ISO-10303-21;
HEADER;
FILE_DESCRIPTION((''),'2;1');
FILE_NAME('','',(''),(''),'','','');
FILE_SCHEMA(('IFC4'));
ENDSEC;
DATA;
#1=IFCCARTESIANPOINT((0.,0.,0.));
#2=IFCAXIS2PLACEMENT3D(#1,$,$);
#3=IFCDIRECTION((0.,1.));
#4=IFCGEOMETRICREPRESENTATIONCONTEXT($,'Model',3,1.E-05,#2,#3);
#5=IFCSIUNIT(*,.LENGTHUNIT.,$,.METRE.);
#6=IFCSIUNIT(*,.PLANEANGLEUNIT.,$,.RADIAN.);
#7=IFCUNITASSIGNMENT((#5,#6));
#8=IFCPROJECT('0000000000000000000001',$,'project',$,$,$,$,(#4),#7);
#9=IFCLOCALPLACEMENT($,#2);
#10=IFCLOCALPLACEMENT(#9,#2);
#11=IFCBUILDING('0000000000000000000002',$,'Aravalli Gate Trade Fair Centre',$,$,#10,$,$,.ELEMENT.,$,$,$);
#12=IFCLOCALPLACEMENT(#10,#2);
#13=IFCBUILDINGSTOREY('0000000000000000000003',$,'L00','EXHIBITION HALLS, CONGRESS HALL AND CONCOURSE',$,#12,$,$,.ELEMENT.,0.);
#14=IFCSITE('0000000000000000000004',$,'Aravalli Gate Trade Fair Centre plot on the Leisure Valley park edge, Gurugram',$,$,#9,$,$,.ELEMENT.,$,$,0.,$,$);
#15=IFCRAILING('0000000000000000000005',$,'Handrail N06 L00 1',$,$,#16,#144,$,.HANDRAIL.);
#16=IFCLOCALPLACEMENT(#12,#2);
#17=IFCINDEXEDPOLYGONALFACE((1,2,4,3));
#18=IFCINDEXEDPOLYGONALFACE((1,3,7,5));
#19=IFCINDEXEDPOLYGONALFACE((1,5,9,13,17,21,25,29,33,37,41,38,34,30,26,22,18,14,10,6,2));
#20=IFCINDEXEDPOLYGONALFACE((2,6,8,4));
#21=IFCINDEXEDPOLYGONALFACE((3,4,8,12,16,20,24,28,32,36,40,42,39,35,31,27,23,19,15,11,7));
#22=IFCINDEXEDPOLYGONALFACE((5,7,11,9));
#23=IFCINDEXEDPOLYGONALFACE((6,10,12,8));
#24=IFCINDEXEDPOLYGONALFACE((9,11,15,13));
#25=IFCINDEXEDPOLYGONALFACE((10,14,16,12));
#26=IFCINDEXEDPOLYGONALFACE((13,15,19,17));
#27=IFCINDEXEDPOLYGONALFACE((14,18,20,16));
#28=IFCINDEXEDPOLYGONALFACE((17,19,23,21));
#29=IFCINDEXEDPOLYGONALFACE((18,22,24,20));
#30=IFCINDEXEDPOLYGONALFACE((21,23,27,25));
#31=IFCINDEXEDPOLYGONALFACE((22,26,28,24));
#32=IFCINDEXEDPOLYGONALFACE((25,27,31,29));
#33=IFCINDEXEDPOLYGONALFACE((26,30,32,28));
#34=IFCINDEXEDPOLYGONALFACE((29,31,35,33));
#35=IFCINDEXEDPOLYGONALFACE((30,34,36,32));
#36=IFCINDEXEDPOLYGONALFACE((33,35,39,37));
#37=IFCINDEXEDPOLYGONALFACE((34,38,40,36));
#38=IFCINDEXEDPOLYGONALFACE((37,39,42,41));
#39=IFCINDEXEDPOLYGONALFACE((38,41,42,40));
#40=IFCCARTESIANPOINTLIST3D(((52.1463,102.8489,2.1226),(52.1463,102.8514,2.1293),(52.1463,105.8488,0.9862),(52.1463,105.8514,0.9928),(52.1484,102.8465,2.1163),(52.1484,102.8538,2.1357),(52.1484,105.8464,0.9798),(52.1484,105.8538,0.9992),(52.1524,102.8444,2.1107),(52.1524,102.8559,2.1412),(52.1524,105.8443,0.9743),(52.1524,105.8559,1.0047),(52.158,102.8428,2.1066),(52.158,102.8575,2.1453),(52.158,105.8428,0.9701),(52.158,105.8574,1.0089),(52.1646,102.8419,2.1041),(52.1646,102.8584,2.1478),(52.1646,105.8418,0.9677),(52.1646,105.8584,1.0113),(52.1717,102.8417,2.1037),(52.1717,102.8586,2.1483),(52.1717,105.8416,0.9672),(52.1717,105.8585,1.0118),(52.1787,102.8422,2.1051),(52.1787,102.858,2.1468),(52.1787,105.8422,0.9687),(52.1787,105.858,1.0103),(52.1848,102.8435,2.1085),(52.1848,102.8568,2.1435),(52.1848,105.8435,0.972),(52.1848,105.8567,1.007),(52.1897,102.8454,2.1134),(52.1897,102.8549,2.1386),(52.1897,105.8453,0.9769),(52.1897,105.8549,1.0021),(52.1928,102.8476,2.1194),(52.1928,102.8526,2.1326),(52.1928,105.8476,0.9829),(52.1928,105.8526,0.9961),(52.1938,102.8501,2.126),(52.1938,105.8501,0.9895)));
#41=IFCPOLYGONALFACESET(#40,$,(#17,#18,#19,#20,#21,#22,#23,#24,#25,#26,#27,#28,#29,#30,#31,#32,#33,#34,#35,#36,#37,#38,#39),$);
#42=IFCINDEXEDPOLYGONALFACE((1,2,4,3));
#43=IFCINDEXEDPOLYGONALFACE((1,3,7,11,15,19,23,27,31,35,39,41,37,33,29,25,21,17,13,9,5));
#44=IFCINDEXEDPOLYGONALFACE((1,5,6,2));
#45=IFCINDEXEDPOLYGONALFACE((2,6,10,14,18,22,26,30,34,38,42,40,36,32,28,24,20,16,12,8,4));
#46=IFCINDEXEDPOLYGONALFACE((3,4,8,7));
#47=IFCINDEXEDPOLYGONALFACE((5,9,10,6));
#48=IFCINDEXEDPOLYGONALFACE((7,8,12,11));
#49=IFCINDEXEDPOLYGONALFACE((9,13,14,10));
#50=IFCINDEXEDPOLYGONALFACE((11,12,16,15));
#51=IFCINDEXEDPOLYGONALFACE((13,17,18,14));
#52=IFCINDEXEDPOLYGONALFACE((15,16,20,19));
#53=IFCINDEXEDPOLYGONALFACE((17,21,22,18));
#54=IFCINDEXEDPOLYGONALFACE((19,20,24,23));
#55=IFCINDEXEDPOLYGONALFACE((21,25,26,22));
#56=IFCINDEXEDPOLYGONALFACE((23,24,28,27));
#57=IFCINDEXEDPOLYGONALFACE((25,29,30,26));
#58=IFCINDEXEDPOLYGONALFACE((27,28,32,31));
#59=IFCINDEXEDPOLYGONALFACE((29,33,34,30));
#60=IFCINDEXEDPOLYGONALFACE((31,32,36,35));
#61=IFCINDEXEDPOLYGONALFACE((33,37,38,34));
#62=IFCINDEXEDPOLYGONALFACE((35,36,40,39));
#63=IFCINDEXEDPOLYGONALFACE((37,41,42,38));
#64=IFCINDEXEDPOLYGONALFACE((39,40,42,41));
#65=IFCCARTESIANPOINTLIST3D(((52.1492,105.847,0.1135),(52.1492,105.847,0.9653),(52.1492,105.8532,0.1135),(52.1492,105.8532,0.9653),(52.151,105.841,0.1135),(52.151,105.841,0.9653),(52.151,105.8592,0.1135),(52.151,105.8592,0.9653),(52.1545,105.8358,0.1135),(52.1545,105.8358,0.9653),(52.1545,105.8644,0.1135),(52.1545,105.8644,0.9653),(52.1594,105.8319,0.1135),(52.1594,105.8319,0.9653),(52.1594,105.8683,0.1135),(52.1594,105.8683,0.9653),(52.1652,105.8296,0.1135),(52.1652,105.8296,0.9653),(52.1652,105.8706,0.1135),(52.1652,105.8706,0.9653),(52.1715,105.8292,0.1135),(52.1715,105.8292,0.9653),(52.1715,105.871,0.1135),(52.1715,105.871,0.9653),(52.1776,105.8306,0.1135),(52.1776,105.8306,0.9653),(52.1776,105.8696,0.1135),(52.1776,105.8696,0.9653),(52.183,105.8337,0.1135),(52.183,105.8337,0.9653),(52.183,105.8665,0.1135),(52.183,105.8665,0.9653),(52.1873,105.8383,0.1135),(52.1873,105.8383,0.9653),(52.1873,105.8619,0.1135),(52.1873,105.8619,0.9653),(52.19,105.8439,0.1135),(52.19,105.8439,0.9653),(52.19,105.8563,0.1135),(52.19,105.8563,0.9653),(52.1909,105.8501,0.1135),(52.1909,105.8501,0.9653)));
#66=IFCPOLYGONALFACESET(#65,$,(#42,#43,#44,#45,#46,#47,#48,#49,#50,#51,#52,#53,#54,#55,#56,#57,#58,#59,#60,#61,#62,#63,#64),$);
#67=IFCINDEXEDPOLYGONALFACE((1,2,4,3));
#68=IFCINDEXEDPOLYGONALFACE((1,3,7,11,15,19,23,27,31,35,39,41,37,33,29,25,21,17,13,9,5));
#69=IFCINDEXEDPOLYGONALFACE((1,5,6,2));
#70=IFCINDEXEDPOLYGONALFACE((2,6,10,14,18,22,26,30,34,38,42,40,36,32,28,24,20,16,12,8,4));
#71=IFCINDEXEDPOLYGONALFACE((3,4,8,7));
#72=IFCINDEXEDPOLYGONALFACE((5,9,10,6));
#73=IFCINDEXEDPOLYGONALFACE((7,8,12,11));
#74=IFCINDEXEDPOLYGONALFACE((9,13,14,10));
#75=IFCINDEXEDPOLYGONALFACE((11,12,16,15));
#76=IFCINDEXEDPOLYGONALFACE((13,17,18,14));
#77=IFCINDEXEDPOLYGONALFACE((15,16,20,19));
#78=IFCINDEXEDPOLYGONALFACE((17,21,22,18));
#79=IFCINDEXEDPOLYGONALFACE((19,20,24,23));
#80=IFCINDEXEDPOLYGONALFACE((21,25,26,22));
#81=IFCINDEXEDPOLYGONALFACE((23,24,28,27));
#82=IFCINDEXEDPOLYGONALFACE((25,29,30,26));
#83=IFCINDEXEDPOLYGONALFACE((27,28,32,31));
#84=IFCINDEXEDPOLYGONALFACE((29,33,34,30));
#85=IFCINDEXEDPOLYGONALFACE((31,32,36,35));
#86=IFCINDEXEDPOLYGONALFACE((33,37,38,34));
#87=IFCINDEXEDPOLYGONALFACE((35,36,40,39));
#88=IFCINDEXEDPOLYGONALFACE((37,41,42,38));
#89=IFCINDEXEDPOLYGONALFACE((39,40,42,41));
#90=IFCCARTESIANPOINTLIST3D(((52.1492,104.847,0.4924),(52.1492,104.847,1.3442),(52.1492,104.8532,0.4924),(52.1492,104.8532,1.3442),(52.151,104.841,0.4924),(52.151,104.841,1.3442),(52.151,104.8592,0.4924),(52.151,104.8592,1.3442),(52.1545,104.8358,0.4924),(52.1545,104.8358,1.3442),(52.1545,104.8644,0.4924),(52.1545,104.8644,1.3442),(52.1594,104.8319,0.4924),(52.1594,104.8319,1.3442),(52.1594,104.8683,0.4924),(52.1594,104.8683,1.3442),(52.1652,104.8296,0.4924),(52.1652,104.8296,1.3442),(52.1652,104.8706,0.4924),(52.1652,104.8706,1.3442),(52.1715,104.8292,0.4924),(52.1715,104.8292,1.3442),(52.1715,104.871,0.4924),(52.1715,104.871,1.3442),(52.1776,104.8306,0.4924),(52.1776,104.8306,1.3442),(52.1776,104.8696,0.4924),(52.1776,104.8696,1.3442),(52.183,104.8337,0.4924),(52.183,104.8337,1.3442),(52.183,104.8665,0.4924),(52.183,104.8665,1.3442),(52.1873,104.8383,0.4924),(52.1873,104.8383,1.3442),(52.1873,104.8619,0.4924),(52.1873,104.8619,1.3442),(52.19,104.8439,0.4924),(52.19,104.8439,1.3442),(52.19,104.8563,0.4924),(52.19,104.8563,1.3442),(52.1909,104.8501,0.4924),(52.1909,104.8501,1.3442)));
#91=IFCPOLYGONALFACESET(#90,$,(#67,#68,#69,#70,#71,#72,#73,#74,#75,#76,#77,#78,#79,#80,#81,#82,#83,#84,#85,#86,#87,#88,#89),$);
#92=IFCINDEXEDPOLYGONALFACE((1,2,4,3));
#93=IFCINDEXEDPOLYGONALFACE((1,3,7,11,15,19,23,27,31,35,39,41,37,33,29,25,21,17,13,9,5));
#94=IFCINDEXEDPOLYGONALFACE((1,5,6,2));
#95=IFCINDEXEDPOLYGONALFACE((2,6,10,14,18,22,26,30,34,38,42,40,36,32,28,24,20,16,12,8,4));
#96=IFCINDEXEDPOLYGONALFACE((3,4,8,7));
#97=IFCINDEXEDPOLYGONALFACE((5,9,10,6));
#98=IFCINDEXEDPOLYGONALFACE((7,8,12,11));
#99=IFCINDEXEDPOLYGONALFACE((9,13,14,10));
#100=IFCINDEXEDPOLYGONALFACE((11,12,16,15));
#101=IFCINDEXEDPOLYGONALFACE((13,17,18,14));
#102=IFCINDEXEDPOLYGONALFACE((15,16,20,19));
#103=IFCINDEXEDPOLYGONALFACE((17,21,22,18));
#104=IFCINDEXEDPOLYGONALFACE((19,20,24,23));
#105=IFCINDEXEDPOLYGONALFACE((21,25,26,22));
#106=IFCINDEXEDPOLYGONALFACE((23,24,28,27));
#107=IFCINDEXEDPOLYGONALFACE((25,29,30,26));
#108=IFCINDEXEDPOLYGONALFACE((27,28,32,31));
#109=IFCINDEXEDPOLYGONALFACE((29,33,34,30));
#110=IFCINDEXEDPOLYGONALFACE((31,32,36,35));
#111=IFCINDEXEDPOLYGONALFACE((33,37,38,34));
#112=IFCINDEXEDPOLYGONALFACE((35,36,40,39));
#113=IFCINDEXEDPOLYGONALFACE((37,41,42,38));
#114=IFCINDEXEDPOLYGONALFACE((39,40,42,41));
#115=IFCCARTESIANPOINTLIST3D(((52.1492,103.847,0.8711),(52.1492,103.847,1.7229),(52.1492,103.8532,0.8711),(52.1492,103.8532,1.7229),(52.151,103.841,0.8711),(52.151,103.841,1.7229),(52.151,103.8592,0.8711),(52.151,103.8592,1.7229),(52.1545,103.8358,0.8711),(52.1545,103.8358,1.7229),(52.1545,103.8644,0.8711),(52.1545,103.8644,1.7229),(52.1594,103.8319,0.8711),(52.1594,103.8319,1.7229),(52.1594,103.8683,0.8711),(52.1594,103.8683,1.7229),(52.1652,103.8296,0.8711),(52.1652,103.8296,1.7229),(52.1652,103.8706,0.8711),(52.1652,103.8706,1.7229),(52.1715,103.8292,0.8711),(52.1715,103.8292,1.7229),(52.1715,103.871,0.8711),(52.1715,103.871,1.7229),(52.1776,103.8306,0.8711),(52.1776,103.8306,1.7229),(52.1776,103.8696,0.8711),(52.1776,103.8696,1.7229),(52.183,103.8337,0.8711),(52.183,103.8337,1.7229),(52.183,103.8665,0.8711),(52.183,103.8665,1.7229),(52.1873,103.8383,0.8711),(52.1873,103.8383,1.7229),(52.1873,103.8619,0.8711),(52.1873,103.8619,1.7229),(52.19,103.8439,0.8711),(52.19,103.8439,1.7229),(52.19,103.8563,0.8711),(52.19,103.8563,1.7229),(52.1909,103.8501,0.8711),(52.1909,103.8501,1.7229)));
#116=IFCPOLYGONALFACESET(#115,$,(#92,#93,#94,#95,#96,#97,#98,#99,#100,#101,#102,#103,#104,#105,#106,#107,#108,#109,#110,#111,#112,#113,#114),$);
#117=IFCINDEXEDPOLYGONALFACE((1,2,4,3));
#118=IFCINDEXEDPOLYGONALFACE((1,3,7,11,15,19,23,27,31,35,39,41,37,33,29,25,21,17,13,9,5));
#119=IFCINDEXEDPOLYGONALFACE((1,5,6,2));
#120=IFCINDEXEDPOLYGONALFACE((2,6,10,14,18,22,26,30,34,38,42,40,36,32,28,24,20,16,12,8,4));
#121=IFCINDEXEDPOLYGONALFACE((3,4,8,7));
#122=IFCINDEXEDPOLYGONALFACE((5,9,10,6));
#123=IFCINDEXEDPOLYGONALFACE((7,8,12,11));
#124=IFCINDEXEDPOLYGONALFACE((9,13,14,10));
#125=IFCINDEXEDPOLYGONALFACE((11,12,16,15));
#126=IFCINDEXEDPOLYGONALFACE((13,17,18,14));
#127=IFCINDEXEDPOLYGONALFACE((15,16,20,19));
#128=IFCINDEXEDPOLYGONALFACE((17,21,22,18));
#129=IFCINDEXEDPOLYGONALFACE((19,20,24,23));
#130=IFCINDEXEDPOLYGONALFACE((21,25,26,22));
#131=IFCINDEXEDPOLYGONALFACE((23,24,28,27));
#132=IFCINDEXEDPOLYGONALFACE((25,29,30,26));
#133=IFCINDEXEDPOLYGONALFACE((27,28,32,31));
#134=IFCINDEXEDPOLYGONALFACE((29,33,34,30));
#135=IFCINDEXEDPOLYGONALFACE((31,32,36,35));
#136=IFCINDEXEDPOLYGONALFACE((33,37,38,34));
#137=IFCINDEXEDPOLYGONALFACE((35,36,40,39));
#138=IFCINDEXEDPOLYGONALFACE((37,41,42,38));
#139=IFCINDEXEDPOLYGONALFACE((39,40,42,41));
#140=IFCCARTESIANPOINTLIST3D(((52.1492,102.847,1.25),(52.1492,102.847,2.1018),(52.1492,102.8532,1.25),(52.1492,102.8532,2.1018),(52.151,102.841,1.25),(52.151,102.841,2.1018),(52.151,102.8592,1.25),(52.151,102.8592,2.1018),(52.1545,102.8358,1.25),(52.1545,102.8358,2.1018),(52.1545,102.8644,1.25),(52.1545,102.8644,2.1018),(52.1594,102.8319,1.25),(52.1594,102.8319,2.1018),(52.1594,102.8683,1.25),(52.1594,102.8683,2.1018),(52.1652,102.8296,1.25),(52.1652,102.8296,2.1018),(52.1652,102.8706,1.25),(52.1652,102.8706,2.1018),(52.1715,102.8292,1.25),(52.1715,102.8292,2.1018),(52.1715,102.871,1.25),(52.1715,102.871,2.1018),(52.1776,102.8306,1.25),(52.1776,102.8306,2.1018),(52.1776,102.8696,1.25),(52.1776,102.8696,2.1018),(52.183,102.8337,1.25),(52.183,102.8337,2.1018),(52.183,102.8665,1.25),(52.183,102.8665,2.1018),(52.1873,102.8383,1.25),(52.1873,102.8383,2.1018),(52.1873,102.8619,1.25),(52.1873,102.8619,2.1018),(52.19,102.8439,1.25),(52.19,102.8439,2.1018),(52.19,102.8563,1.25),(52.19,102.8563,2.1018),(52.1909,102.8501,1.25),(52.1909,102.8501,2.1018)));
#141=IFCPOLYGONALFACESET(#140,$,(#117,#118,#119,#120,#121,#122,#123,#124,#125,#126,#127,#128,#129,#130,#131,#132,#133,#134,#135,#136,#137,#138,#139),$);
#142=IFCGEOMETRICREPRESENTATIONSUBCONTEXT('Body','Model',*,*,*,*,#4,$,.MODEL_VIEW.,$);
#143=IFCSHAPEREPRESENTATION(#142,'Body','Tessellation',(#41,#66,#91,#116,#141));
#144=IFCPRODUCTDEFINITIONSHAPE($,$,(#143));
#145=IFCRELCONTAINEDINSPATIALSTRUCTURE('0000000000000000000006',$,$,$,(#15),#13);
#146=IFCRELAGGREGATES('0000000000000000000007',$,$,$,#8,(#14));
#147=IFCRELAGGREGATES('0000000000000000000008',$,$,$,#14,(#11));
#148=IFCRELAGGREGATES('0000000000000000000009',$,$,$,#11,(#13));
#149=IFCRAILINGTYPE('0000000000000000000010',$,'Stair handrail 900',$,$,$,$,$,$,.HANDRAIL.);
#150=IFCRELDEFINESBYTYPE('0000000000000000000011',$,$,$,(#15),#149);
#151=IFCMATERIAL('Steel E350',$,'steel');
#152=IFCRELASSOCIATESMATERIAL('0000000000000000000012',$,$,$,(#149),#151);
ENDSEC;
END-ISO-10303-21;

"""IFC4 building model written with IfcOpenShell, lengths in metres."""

from ifc_helpers import new_model, si_unit, direction, frame, origin, origin_2d, place, context, subcontext, project, spatial, circle, extrude, material, type_object, element, save


model = new_model("IFC4")

# Units and contexts
model_context = context("Model", 3, precision=1e-05, world=origin(), true_north=direction((0.0, 1.0)))
body_context = subcontext(model_context, "Body", "Model", "MODEL_VIEW")
ifc_project = project(units=[si_unit("LENGTHUNIT", "METRE"), si_unit("PLANEANGLEUNIT", "RADIAN")], contexts=[model_context])

# Site, building, storey
site_placement = place(None, origin())
site = spatial("IfcSite", under=ifc_project, at=site_placement, Name="Aravalli Gate Trade Fair Centre plot on the Leisure Valley park edge, Gurugram", CompositionType="ELEMENT", RefElevation=0.0)
building_placement = place(site_placement, origin())
building = spatial("IfcBuilding", under=site, at=building_placement, Name="Aravalli Gate Trade Fair Centre", CompositionType="ELEMENT")
storey_placement = place(building_placement, origin())
storey = spatial("IfcBuildingStorey", under=building, at=storey_placement, Name="L00", Description="EXHIBITION HALLS, CONGRESS HALL AND CONCOURSE", CompositionType="ELEMENT", Elevation=0.0)

# Shared definitions
ifc_material_1 = material(Name="Steel E350", Category="steel")

# Railing
railing_type = type_object("IfcRailingType", Name="Stair handrail 900", PredefinedType="HANDRAIL", material=ifc_material_1)
for number, where, name in (
    (1, (52.1699, 105.8501, 0.1135), "Handrail N06 L00 1"),
):
    element("IfcRailing", number, at=place(storey_placement, frame(where)), inside=storey, type_object=railing_type, Name=name, PredefinedType="HANDRAIL", context=body_context, shape_type="SweptSolid", body=[
        extrude(circle(Radius=0.0239, at=origin_2d()), frame((0.0, 0.0, 0.876), z_axis=(0.0, -0.935148, 0.354257), x_axis=(1.0, 0.0, 0.0)), (0.0, 0.0, 1.0), 3.208),
        extrude(circle(Radius=0.021, at=origin_2d()), origin(), (0.0, 0.0, 1.0), 0.8518),
        extrude(circle(Radius=0.021, at=origin_2d()), frame((0.0, -1.0, 0.3789)), (0.0, 0.0, 1.0), 0.8518),
        extrude(circle(Radius=0.021, at=origin_2d()), frame((0.0, -2.0, 0.7576)), (0.0, 0.0, 1.0), 0.8518),
        extrude(circle(Radius=0.021, at=origin_2d()), frame((0.0, -3.0, 1.1365)), (0.0, 0.0, 1.0), 0.8518),
    ])

save(model, "model.ifc")
